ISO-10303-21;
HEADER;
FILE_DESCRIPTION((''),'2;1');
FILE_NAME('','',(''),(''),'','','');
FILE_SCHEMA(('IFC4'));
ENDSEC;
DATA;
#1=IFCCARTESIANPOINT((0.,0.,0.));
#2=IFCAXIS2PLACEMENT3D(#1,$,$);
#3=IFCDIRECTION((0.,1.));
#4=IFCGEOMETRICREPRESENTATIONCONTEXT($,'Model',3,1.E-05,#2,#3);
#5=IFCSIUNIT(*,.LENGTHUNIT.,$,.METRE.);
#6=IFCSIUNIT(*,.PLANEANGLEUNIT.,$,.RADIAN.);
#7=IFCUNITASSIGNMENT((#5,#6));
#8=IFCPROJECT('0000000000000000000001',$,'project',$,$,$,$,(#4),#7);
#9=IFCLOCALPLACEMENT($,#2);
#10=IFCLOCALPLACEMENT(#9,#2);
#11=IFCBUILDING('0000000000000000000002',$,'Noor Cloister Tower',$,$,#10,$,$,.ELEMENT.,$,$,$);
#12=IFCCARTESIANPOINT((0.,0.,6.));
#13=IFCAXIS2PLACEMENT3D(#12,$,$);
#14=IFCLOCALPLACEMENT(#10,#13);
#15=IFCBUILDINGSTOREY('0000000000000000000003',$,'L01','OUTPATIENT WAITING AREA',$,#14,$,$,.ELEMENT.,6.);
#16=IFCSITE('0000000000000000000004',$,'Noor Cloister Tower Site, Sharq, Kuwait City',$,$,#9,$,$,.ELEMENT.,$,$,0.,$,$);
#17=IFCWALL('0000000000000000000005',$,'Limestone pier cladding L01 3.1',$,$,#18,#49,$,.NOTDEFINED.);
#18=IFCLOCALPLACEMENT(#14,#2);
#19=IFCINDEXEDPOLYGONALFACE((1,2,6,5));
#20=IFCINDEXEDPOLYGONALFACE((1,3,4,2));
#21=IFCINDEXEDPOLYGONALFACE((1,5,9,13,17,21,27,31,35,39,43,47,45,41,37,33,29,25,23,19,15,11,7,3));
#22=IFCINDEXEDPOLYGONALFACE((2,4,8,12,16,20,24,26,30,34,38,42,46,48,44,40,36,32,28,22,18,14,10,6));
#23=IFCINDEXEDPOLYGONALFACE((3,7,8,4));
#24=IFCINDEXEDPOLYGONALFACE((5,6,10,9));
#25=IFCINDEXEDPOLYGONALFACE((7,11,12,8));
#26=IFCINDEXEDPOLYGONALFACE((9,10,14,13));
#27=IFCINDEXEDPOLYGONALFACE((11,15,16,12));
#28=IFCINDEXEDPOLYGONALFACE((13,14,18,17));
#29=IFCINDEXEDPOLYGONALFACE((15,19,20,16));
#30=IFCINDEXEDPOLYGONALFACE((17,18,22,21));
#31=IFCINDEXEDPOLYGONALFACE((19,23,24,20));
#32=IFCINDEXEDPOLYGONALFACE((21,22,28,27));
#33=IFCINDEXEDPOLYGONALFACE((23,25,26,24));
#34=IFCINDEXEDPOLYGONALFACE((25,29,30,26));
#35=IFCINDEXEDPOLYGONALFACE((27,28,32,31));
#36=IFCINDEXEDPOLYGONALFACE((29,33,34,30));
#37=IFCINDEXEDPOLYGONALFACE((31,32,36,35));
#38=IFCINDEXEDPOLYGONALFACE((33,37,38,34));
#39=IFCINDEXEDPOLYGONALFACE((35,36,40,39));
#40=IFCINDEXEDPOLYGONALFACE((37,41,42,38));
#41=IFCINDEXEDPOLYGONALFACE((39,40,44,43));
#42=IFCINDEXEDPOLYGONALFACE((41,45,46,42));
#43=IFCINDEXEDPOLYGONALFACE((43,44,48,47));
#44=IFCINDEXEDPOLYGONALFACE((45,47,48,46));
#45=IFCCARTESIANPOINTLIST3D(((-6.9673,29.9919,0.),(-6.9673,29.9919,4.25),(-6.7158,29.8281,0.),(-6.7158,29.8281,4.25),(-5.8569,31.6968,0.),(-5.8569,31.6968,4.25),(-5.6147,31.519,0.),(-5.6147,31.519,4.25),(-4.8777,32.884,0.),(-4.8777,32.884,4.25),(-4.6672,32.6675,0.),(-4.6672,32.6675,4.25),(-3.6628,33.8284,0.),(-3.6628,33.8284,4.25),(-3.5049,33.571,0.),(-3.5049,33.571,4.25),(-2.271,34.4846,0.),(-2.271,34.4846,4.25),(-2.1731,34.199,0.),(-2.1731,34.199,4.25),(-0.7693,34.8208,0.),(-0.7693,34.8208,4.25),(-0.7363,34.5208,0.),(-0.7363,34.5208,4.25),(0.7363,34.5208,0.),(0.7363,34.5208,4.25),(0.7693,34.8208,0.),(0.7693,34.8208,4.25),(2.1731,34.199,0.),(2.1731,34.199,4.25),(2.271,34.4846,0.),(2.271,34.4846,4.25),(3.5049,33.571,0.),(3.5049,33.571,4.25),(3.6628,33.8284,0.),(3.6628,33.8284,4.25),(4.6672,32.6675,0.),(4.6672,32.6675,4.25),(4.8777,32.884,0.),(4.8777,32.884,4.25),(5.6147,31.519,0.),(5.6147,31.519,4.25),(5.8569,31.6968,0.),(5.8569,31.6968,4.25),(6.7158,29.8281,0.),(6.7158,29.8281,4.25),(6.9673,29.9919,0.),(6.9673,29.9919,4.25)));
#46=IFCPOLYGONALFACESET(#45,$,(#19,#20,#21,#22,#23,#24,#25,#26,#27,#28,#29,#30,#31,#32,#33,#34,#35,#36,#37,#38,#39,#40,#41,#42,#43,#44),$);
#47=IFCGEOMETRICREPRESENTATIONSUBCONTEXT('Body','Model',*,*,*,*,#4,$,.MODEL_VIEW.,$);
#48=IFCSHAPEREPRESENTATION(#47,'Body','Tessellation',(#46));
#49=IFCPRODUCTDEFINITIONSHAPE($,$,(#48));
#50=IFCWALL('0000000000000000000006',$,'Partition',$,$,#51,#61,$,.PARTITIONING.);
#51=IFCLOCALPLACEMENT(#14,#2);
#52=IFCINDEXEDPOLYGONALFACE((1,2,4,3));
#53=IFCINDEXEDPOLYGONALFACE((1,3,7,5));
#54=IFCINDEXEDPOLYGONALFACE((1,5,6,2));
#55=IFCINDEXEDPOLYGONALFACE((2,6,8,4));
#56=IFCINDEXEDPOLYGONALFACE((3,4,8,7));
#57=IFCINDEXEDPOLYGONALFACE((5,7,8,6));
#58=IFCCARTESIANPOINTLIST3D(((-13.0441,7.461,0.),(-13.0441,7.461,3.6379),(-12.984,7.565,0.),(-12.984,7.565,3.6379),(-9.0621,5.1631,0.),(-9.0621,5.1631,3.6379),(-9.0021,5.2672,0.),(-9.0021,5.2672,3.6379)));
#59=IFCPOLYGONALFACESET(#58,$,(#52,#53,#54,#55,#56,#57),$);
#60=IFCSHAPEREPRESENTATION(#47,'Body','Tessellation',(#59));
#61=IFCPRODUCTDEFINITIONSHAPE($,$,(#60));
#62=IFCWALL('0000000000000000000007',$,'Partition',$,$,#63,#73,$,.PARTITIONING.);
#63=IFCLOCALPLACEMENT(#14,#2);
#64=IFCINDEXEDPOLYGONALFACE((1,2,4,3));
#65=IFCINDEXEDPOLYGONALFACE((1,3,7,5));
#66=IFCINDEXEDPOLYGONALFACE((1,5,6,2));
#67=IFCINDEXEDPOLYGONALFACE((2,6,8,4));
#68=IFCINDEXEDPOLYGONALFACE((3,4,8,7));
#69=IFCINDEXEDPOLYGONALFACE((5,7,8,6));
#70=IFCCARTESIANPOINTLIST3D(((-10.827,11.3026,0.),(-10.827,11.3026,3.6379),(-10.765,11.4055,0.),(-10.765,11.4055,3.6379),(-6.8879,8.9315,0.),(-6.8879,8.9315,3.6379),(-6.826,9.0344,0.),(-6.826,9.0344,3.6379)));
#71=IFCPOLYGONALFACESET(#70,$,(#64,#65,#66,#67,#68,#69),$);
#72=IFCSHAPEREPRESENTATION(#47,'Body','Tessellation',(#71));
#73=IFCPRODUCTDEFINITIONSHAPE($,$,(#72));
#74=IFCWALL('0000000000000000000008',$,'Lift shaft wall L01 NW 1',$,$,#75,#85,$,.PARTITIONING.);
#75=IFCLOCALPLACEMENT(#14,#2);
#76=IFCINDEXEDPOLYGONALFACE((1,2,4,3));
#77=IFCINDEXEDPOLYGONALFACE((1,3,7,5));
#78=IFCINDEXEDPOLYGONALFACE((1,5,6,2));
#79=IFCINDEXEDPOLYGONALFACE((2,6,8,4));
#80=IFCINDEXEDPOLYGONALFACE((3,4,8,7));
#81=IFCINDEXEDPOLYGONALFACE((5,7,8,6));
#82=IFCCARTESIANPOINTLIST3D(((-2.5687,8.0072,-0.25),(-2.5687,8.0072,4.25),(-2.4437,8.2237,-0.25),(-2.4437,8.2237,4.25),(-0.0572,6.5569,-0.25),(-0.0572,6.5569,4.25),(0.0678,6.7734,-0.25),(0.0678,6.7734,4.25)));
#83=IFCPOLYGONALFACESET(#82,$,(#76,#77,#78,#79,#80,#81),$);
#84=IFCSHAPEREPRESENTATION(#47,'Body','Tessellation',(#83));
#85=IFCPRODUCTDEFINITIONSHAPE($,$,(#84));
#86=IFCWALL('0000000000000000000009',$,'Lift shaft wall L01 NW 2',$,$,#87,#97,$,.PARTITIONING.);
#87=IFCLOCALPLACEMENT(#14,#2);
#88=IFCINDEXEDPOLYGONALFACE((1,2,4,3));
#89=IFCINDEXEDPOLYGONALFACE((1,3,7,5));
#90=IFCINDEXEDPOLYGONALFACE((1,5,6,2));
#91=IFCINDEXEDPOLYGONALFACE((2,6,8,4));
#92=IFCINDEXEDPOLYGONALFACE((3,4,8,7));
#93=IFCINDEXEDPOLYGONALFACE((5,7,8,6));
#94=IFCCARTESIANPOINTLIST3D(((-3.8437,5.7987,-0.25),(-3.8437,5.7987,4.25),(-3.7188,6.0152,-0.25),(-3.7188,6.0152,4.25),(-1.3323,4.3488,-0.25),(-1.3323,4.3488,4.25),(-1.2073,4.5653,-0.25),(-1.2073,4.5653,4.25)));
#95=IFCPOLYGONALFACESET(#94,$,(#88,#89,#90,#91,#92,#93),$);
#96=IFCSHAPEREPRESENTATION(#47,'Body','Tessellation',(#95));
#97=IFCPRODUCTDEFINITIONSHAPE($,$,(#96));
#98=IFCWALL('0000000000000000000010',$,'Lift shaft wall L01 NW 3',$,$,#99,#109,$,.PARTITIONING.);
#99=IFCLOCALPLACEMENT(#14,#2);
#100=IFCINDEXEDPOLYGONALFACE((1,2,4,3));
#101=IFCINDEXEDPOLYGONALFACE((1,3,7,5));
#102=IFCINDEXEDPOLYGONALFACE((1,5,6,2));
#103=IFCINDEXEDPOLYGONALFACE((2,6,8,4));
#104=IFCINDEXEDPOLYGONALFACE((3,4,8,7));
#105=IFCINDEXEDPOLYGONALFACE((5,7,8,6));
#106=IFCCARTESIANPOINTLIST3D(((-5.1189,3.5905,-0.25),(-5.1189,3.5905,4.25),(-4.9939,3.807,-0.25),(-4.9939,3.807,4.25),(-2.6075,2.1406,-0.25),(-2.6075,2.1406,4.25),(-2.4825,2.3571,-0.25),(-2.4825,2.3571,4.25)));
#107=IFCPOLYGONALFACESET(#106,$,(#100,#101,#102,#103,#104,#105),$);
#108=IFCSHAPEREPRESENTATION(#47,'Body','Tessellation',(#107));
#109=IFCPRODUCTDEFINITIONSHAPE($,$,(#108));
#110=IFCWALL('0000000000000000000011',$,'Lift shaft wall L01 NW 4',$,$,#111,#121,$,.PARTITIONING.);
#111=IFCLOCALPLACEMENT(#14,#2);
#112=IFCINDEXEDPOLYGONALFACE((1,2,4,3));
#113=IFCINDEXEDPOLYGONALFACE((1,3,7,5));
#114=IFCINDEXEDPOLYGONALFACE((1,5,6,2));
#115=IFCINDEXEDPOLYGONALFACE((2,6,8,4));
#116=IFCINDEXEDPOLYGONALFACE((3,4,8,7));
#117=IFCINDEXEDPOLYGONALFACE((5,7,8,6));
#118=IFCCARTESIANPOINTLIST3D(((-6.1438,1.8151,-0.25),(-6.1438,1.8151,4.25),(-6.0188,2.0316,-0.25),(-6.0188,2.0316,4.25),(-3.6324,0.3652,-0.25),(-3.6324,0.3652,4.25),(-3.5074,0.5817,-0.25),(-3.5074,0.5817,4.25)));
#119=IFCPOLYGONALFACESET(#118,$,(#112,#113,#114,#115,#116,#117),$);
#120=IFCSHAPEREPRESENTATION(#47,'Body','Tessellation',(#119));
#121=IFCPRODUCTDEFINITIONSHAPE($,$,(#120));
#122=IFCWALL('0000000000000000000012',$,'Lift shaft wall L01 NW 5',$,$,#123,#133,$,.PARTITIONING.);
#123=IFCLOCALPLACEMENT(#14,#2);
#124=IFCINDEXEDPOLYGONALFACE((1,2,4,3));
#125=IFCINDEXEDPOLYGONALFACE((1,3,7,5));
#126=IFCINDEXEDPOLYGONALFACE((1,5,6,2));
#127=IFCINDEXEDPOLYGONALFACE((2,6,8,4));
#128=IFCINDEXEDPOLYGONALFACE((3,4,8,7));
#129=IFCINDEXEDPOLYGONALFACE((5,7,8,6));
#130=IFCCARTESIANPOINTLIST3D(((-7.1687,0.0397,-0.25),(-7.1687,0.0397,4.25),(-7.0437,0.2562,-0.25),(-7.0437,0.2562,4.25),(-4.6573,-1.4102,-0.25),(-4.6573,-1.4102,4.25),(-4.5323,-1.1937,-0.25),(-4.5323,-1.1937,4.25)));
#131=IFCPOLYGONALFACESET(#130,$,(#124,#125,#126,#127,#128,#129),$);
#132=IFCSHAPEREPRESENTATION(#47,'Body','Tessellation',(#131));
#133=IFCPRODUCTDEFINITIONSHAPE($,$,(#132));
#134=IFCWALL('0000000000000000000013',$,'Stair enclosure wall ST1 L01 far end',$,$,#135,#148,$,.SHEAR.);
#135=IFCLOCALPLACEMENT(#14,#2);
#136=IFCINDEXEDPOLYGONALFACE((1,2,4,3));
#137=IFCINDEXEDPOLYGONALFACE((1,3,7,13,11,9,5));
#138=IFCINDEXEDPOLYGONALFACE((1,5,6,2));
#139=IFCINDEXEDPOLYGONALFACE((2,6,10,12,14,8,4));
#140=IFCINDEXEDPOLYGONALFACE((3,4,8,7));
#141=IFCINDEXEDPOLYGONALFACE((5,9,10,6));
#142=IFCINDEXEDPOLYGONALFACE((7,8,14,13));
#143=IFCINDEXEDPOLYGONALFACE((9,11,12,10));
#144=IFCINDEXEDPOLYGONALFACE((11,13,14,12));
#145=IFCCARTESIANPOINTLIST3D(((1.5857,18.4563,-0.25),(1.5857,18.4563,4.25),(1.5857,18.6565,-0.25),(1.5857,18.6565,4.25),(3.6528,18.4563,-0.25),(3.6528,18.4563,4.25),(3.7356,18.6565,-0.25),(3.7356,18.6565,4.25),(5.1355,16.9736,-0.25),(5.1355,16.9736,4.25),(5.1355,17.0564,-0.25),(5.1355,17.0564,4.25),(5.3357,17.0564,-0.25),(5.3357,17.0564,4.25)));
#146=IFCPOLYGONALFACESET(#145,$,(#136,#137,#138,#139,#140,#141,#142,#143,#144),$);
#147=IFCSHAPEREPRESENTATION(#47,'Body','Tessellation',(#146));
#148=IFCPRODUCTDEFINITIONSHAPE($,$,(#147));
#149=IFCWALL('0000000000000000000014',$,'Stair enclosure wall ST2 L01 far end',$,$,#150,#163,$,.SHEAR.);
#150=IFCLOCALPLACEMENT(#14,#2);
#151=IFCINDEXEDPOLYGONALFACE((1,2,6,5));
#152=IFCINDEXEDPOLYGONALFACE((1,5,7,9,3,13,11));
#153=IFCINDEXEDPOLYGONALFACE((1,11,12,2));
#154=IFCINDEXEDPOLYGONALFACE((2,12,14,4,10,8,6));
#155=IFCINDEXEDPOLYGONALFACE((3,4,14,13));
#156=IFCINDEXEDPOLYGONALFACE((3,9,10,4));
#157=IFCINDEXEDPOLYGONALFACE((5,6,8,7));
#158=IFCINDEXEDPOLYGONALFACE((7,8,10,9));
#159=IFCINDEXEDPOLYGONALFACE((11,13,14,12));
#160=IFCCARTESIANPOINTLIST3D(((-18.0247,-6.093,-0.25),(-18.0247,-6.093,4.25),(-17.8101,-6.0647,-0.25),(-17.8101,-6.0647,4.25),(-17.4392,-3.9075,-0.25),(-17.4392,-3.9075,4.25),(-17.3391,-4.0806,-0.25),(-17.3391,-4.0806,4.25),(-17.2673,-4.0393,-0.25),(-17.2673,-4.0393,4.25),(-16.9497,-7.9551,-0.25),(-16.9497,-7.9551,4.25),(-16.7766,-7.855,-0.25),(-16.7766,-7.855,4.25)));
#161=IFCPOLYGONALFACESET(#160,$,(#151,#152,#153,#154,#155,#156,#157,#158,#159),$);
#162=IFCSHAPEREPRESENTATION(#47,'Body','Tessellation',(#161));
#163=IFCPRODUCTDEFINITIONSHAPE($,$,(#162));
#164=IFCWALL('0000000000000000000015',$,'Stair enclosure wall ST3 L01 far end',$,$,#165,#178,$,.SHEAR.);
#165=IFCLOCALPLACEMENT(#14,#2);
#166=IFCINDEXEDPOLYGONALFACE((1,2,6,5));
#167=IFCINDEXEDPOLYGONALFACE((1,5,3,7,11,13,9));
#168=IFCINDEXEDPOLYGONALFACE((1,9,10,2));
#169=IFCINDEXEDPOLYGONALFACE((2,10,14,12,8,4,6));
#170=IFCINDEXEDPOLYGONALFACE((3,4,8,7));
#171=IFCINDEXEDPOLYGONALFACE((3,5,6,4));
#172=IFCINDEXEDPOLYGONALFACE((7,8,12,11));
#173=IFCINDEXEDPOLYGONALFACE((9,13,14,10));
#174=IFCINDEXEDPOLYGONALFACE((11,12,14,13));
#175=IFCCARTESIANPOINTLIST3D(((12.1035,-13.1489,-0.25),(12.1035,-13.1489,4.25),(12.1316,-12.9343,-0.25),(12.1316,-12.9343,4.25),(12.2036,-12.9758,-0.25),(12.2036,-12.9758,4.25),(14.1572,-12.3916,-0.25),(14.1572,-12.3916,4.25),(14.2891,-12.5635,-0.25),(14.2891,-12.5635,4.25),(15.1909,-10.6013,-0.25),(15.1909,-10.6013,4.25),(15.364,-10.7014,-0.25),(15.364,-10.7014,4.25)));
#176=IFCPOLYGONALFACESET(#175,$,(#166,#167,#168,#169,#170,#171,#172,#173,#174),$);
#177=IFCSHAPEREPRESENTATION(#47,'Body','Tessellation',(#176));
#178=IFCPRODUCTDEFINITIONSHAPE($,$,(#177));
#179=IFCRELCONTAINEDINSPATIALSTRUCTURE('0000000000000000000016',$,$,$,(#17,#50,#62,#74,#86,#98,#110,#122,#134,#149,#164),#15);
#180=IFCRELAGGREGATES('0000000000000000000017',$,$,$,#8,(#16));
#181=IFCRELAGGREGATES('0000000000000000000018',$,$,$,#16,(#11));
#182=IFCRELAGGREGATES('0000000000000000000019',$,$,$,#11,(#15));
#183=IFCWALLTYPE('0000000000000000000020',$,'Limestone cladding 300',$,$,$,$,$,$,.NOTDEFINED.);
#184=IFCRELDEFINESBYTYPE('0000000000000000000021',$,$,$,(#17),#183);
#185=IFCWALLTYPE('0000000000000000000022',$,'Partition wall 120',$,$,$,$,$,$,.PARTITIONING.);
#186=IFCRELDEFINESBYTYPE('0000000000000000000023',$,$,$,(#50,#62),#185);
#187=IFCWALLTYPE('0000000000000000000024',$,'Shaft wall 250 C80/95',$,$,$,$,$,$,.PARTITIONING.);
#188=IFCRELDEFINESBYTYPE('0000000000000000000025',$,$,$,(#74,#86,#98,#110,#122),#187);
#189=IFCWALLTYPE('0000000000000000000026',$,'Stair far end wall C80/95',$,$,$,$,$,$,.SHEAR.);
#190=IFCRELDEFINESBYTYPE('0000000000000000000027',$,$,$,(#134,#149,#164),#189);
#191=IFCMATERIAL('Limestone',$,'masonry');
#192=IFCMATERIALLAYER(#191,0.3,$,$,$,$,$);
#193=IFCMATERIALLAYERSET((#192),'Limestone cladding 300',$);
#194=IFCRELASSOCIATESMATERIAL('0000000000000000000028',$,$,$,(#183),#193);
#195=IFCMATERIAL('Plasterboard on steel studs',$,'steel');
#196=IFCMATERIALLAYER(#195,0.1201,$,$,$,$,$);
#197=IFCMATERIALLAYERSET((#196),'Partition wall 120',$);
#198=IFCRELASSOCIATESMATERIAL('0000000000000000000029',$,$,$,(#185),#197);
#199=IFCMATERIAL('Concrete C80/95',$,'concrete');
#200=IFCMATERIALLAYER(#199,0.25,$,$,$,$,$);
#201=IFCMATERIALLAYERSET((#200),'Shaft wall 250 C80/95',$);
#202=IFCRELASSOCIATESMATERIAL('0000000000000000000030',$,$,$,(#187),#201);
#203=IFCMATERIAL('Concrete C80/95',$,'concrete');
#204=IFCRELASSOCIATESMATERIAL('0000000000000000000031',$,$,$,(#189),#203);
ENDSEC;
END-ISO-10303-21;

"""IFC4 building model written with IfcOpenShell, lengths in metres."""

from ifc_helpers import new_model, si_unit, direction, frame, frame_2d, origin, place, context, subcontext, project, spatial, polyline, rectangle, outline, extrude, material, layer, layer_set, type_object, element, save


model = new_model("IFC4")

# Units and contexts
model_context = context("Model", 3, precision=1e-05, world=origin(), true_north=direction((0.0, 1.0)))
body_context = subcontext(model_context, "Body", "Model", "MODEL_VIEW")
ifc_project = project(units=[si_unit("LENGTHUNIT", "METRE"), si_unit("PLANEANGLEUNIT", "RADIAN")], contexts=[model_context])

# Site, building, storey
site_placement = place(None, origin())
site = spatial("IfcSite", under=ifc_project, at=site_placement, Name="Noor Cloister Tower Site, Sharq, Kuwait City", CompositionType="ELEMENT", RefElevation=0.0)
building_placement = place(site_placement, origin())
building = spatial("IfcBuilding", under=site, at=building_placement, Name="Noor Cloister Tower", CompositionType="ELEMENT")
storey_placement = place(building_placement, frame((0.0, 0.0, 6.0)))
storey = spatial("IfcBuildingStorey", under=building, at=storey_placement, Name="L01", Description="OUTPATIENT WAITING AREA", CompositionType="ELEMENT", Elevation=6.0)

# Walls
ifc_material_1 = material(Name="Limestone", Category="masonry")
ifc_layer_1 = layer(ifc_material_1, 0.3)
ifc_layer_set_1 = layer_set([ifc_layer_1], Name="Limestone cladding 300")
wall_type_1 = type_object("IfcWallType", Name="Limestone cladding 300", PredefinedType="NOTDEFINED", material=ifc_layer_set_1)
wall_1_placement = place(storey_placement, origin())
element("IfcWall", 1, at=wall_1_placement, inside=storey, type_object=wall_type_1, Name="Limestone pier cladding L01 3.1", PredefinedType="NOTDEFINED", context=body_context, shape_type="SweptSolid", body=[
    extrude(outline(polyline([(6.9673, 29.9919), (5.8569, 31.6968), (4.8777, 32.884), (3.6628, 33.8284), (2.271, 34.4846), (0.7693, 34.8208), (-0.7693, 34.8208), (-2.271, 34.4846), (-3.6628, 33.8284), (-4.8777, 32.884), (-5.8569, 31.6968), (-6.9673, 29.9919), (-6.7158, 29.8281), (-5.6147, 31.519), (-4.6672, 32.6675), (-3.5049, 33.571), (-2.1731, 34.199), (-0.7363, 34.5208), (0.7363, 34.5208), (2.1731, 34.199), (3.5049, 33.571), (4.6672, 32.6675), (5.6147, 31.519), (6.7158, 29.8281), (6.9673, 29.9919)])), origin(), (0.0, 0.0, 1.0), 4.25),
])
ifc_material_2 = material(Name="Plasterboard on steel studs", Category="steel")
ifc_layer_2 = layer(ifc_material_2, 0.1201)
ifc_layer_set_2 = layer_set([ifc_layer_2], Name="Partition wall 120")
wall_type_2 = type_object("IfcWallType", Name="Partition wall 120", PredefinedType="PARTITIONING", material=ifc_layer_set_2)
wall_2_placement = place(storey_placement, frame((-9.032, 5.2151, 0.0), z_axis=(0.0, 0.0, 1.0), x_axis=(-0.866131, 0.499817, 0.0)))
element("IfcWall", 2, at=wall_2_placement, inside=storey, type_object=wall_type_2, Name="Partition", PredefinedType="PARTITIONING", context=body_context, shape_type="SweptSolid", body=[
    extrude(rectangle(XDim=4.5974, YDim=0.1201, at=frame_2d((2.2988, 0.0))), origin(), (0.0, 0.0, 1.0), 3.6379),
])
wall_3_placement = place(storey_placement, frame((-6.8569, 8.9829, 0.0), z_axis=(0.0, 0.0, 1.0), x_axis=(-0.856752, 0.515729, 0.0)))
element("IfcWall", 3, at=wall_3_placement, inside=storey, type_object=wall_type_2, Name="Partition", PredefinedType="PARTITIONING", context=body_context, shape_type="SweptSolid", body=[
    extrude(rectangle(XDim=4.5977, YDim=0.1201, at=frame_2d((2.2988, 0.0))), origin(), (0.0, 0.0, 1.0), 3.6379),
])
ifc_material_3 = material(Name="Concrete C80/95", Category="concrete")
ifc_layer_3 = layer(ifc_material_3, 0.25)
ifc_layer_set_3 = layer_set([ifc_layer_3], Name="Shaft wall 250 C80/95")
wall_type_3 = type_object("IfcWallType", Name="Shaft wall 250 C80/95", PredefinedType="PARTITIONING", material=ifc_layer_set_3)
wall_4_placement = place(storey_placement, frame((-2.5063, 8.1155, -0.25), z_axis=(0.0, 0.0, 1.0), x_axis=(0.865996, -0.50005, 0.0)))
element("IfcWall", 4, at=wall_4_placement, inside=storey, type_object=wall_type_3, Name="Lift shaft wall L01 NW 1", PredefinedType="PARTITIONING", context=body_context, shape_type="SweptSolid", body=[
    extrude(rectangle(XDim=2.9001, YDim=0.25, at=frame_2d((1.4502, 0.0))), origin(), (0.0, 0.0, 1.0), 4.5),
])
for number, where, z_axis, x_axis, name in (
    (5, (-3.7812, 5.907, -0.25), (0.0, 0.0, 1.0), (0.866033, -0.499987, 0.0), "Lift shaft wall L01 NW 2"),
    (6, (-5.0564, 3.6987, -0.25), (0.0, 0.0, 1.0), (0.866033, -0.499987, 0.0), "Lift shaft wall L01 NW 3"),
    (7, (-6.0813, 1.9233, -0.25), (0.0, 0.0, 1.0), (0.866033, -0.499987, 0.0), "Lift shaft wall L01 NW 4"),
    (8, (-7.1062, 0.1479, -0.25), (0.0, 0.0, 1.0), (0.866033, -0.499987, 0.0), "Lift shaft wall L01 NW 5"),
):
    element("IfcWall", number, at=place(storey_placement, frame(where, z_axis=z_axis, x_axis=x_axis)), inside=storey, type_object=wall_type_3, Name=name, PredefinedType="PARTITIONING", context=body_context, shape_type="SweptSolid", body=[
        extrude(rectangle(XDim=2.8999, YDim=0.25, at=frame_2d((1.45, 0.0))), origin(), (0.0, 0.0, 1.0), 4.5),
    ])
ifc_material_4 = material(Name="Concrete C80/95", Category="concrete")
wall_type_4 = type_object("IfcWallType", Name="Stair far end wall C80/95", PredefinedType="SHEAR", material=ifc_material_4)
wall_5_placement = place(storey_placement, frame((0.0, 0.0, -0.25)))
element("IfcWall", 9, at=wall_5_placement, inside=storey, type_object=wall_type_4, Name="Stair enclosure wall ST1 L01 far end", PredefinedType="SHEAR", context=body_context, shape_type="SweptSolid", body=[
    extrude(outline(polyline([(5.3357, 17.0564), (3.7356, 18.6565), (1.5857, 18.6565), (1.5857, 18.4563), (3.6528, 18.4563), (5.1355, 16.9736), (5.1355, 17.0564), (5.1355, 17.0564), (5.1355, 17.0564), (5.1355, 17.0564), (5.1355, 17.0564), (5.1355, 17.0564), (5.1355, 17.0564), (5.1355, 17.0564), (5.1355, 17.0564), (5.1355, 17.0564), (5.1355, 17.0564), (5.1355, 17.0564), (5.1355, 17.0564), (5.1355, 17.0564), (5.1355, 17.0564), (5.1355, 17.0564), (5.1355, 17.0564), (5.3357, 17.0564)])), origin(), (0.0, 0.0, 1.0), 4.5),
])
wall_6_placement = place(storey_placement, frame((0.0, 0.0, -0.25)))
element("IfcWall", 10, at=wall_6_placement, inside=storey, type_object=wall_type_4, Name="Stair enclosure wall ST2 L01 far end", PredefinedType="SHEAR", context=body_context, shape_type="SweptSolid", body=[
    extrude(outline(polyline([(-17.4392, -3.9075), (-18.0247, -6.093), (-16.9497, -7.9551), (-16.7766, -7.855), (-17.8101, -6.0647), (-17.2673, -4.0393), (-17.3391, -4.0806), (-17.3391, -4.0806), (-17.3391, -4.0806), (-17.3391, -4.0806), (-17.3391, -4.0806), (-17.3391, -4.0806), (-17.3391, -4.0806), (-17.3391, -4.0806), (-17.3391, -4.0806), (-17.3391, -4.0806), (-17.3391, -4.0806), (-17.3391, -4.0806), (-17.3391, -4.0806), (-17.3391, -4.0806), (-17.3391, -4.0806), (-17.3391, -4.0806), (-17.3391, -4.0806), (-17.4392, -3.9075)])), origin(), (0.0, 0.0, 1.0), 4.5),
])
wall_7_placement = place(storey_placement, frame((0.0, 0.0, -0.25)))
element("IfcWall", 11, at=wall_7_placement, inside=storey, type_object=wall_type_4, Name="Stair enclosure wall ST3 L01 far end", PredefinedType="SHEAR", context=body_context, shape_type="SweptSolid", body=[
    extrude(outline(polyline([(12.1035, -13.1489), (14.2891, -12.5635), (15.364, -10.7014), (15.1909, -10.6013), (14.1572, -12.3916), (12.1316, -12.9343), (12.2036, -12.9758), (12.2036, -12.9758), (12.2036, -12.9758), (12.2036, -12.9758), (12.2036, -12.9758), (12.2036, -12.9758), (12.2036, -12.9758), (12.2036, -12.9758), (12.2036, -12.9758), (12.2036, -12.9758), (12.2036, -12.9758), (12.2036, -12.9758), (12.2036, -12.9758), (12.2036, -12.9758), (12.2036, -12.9758), (12.2036, -12.9758), (12.2036, -12.9758), (12.1035, -13.1489)])), origin(), (0.0, 0.0, 1.0), 4.5),
])

save(model, "model.ifc")
